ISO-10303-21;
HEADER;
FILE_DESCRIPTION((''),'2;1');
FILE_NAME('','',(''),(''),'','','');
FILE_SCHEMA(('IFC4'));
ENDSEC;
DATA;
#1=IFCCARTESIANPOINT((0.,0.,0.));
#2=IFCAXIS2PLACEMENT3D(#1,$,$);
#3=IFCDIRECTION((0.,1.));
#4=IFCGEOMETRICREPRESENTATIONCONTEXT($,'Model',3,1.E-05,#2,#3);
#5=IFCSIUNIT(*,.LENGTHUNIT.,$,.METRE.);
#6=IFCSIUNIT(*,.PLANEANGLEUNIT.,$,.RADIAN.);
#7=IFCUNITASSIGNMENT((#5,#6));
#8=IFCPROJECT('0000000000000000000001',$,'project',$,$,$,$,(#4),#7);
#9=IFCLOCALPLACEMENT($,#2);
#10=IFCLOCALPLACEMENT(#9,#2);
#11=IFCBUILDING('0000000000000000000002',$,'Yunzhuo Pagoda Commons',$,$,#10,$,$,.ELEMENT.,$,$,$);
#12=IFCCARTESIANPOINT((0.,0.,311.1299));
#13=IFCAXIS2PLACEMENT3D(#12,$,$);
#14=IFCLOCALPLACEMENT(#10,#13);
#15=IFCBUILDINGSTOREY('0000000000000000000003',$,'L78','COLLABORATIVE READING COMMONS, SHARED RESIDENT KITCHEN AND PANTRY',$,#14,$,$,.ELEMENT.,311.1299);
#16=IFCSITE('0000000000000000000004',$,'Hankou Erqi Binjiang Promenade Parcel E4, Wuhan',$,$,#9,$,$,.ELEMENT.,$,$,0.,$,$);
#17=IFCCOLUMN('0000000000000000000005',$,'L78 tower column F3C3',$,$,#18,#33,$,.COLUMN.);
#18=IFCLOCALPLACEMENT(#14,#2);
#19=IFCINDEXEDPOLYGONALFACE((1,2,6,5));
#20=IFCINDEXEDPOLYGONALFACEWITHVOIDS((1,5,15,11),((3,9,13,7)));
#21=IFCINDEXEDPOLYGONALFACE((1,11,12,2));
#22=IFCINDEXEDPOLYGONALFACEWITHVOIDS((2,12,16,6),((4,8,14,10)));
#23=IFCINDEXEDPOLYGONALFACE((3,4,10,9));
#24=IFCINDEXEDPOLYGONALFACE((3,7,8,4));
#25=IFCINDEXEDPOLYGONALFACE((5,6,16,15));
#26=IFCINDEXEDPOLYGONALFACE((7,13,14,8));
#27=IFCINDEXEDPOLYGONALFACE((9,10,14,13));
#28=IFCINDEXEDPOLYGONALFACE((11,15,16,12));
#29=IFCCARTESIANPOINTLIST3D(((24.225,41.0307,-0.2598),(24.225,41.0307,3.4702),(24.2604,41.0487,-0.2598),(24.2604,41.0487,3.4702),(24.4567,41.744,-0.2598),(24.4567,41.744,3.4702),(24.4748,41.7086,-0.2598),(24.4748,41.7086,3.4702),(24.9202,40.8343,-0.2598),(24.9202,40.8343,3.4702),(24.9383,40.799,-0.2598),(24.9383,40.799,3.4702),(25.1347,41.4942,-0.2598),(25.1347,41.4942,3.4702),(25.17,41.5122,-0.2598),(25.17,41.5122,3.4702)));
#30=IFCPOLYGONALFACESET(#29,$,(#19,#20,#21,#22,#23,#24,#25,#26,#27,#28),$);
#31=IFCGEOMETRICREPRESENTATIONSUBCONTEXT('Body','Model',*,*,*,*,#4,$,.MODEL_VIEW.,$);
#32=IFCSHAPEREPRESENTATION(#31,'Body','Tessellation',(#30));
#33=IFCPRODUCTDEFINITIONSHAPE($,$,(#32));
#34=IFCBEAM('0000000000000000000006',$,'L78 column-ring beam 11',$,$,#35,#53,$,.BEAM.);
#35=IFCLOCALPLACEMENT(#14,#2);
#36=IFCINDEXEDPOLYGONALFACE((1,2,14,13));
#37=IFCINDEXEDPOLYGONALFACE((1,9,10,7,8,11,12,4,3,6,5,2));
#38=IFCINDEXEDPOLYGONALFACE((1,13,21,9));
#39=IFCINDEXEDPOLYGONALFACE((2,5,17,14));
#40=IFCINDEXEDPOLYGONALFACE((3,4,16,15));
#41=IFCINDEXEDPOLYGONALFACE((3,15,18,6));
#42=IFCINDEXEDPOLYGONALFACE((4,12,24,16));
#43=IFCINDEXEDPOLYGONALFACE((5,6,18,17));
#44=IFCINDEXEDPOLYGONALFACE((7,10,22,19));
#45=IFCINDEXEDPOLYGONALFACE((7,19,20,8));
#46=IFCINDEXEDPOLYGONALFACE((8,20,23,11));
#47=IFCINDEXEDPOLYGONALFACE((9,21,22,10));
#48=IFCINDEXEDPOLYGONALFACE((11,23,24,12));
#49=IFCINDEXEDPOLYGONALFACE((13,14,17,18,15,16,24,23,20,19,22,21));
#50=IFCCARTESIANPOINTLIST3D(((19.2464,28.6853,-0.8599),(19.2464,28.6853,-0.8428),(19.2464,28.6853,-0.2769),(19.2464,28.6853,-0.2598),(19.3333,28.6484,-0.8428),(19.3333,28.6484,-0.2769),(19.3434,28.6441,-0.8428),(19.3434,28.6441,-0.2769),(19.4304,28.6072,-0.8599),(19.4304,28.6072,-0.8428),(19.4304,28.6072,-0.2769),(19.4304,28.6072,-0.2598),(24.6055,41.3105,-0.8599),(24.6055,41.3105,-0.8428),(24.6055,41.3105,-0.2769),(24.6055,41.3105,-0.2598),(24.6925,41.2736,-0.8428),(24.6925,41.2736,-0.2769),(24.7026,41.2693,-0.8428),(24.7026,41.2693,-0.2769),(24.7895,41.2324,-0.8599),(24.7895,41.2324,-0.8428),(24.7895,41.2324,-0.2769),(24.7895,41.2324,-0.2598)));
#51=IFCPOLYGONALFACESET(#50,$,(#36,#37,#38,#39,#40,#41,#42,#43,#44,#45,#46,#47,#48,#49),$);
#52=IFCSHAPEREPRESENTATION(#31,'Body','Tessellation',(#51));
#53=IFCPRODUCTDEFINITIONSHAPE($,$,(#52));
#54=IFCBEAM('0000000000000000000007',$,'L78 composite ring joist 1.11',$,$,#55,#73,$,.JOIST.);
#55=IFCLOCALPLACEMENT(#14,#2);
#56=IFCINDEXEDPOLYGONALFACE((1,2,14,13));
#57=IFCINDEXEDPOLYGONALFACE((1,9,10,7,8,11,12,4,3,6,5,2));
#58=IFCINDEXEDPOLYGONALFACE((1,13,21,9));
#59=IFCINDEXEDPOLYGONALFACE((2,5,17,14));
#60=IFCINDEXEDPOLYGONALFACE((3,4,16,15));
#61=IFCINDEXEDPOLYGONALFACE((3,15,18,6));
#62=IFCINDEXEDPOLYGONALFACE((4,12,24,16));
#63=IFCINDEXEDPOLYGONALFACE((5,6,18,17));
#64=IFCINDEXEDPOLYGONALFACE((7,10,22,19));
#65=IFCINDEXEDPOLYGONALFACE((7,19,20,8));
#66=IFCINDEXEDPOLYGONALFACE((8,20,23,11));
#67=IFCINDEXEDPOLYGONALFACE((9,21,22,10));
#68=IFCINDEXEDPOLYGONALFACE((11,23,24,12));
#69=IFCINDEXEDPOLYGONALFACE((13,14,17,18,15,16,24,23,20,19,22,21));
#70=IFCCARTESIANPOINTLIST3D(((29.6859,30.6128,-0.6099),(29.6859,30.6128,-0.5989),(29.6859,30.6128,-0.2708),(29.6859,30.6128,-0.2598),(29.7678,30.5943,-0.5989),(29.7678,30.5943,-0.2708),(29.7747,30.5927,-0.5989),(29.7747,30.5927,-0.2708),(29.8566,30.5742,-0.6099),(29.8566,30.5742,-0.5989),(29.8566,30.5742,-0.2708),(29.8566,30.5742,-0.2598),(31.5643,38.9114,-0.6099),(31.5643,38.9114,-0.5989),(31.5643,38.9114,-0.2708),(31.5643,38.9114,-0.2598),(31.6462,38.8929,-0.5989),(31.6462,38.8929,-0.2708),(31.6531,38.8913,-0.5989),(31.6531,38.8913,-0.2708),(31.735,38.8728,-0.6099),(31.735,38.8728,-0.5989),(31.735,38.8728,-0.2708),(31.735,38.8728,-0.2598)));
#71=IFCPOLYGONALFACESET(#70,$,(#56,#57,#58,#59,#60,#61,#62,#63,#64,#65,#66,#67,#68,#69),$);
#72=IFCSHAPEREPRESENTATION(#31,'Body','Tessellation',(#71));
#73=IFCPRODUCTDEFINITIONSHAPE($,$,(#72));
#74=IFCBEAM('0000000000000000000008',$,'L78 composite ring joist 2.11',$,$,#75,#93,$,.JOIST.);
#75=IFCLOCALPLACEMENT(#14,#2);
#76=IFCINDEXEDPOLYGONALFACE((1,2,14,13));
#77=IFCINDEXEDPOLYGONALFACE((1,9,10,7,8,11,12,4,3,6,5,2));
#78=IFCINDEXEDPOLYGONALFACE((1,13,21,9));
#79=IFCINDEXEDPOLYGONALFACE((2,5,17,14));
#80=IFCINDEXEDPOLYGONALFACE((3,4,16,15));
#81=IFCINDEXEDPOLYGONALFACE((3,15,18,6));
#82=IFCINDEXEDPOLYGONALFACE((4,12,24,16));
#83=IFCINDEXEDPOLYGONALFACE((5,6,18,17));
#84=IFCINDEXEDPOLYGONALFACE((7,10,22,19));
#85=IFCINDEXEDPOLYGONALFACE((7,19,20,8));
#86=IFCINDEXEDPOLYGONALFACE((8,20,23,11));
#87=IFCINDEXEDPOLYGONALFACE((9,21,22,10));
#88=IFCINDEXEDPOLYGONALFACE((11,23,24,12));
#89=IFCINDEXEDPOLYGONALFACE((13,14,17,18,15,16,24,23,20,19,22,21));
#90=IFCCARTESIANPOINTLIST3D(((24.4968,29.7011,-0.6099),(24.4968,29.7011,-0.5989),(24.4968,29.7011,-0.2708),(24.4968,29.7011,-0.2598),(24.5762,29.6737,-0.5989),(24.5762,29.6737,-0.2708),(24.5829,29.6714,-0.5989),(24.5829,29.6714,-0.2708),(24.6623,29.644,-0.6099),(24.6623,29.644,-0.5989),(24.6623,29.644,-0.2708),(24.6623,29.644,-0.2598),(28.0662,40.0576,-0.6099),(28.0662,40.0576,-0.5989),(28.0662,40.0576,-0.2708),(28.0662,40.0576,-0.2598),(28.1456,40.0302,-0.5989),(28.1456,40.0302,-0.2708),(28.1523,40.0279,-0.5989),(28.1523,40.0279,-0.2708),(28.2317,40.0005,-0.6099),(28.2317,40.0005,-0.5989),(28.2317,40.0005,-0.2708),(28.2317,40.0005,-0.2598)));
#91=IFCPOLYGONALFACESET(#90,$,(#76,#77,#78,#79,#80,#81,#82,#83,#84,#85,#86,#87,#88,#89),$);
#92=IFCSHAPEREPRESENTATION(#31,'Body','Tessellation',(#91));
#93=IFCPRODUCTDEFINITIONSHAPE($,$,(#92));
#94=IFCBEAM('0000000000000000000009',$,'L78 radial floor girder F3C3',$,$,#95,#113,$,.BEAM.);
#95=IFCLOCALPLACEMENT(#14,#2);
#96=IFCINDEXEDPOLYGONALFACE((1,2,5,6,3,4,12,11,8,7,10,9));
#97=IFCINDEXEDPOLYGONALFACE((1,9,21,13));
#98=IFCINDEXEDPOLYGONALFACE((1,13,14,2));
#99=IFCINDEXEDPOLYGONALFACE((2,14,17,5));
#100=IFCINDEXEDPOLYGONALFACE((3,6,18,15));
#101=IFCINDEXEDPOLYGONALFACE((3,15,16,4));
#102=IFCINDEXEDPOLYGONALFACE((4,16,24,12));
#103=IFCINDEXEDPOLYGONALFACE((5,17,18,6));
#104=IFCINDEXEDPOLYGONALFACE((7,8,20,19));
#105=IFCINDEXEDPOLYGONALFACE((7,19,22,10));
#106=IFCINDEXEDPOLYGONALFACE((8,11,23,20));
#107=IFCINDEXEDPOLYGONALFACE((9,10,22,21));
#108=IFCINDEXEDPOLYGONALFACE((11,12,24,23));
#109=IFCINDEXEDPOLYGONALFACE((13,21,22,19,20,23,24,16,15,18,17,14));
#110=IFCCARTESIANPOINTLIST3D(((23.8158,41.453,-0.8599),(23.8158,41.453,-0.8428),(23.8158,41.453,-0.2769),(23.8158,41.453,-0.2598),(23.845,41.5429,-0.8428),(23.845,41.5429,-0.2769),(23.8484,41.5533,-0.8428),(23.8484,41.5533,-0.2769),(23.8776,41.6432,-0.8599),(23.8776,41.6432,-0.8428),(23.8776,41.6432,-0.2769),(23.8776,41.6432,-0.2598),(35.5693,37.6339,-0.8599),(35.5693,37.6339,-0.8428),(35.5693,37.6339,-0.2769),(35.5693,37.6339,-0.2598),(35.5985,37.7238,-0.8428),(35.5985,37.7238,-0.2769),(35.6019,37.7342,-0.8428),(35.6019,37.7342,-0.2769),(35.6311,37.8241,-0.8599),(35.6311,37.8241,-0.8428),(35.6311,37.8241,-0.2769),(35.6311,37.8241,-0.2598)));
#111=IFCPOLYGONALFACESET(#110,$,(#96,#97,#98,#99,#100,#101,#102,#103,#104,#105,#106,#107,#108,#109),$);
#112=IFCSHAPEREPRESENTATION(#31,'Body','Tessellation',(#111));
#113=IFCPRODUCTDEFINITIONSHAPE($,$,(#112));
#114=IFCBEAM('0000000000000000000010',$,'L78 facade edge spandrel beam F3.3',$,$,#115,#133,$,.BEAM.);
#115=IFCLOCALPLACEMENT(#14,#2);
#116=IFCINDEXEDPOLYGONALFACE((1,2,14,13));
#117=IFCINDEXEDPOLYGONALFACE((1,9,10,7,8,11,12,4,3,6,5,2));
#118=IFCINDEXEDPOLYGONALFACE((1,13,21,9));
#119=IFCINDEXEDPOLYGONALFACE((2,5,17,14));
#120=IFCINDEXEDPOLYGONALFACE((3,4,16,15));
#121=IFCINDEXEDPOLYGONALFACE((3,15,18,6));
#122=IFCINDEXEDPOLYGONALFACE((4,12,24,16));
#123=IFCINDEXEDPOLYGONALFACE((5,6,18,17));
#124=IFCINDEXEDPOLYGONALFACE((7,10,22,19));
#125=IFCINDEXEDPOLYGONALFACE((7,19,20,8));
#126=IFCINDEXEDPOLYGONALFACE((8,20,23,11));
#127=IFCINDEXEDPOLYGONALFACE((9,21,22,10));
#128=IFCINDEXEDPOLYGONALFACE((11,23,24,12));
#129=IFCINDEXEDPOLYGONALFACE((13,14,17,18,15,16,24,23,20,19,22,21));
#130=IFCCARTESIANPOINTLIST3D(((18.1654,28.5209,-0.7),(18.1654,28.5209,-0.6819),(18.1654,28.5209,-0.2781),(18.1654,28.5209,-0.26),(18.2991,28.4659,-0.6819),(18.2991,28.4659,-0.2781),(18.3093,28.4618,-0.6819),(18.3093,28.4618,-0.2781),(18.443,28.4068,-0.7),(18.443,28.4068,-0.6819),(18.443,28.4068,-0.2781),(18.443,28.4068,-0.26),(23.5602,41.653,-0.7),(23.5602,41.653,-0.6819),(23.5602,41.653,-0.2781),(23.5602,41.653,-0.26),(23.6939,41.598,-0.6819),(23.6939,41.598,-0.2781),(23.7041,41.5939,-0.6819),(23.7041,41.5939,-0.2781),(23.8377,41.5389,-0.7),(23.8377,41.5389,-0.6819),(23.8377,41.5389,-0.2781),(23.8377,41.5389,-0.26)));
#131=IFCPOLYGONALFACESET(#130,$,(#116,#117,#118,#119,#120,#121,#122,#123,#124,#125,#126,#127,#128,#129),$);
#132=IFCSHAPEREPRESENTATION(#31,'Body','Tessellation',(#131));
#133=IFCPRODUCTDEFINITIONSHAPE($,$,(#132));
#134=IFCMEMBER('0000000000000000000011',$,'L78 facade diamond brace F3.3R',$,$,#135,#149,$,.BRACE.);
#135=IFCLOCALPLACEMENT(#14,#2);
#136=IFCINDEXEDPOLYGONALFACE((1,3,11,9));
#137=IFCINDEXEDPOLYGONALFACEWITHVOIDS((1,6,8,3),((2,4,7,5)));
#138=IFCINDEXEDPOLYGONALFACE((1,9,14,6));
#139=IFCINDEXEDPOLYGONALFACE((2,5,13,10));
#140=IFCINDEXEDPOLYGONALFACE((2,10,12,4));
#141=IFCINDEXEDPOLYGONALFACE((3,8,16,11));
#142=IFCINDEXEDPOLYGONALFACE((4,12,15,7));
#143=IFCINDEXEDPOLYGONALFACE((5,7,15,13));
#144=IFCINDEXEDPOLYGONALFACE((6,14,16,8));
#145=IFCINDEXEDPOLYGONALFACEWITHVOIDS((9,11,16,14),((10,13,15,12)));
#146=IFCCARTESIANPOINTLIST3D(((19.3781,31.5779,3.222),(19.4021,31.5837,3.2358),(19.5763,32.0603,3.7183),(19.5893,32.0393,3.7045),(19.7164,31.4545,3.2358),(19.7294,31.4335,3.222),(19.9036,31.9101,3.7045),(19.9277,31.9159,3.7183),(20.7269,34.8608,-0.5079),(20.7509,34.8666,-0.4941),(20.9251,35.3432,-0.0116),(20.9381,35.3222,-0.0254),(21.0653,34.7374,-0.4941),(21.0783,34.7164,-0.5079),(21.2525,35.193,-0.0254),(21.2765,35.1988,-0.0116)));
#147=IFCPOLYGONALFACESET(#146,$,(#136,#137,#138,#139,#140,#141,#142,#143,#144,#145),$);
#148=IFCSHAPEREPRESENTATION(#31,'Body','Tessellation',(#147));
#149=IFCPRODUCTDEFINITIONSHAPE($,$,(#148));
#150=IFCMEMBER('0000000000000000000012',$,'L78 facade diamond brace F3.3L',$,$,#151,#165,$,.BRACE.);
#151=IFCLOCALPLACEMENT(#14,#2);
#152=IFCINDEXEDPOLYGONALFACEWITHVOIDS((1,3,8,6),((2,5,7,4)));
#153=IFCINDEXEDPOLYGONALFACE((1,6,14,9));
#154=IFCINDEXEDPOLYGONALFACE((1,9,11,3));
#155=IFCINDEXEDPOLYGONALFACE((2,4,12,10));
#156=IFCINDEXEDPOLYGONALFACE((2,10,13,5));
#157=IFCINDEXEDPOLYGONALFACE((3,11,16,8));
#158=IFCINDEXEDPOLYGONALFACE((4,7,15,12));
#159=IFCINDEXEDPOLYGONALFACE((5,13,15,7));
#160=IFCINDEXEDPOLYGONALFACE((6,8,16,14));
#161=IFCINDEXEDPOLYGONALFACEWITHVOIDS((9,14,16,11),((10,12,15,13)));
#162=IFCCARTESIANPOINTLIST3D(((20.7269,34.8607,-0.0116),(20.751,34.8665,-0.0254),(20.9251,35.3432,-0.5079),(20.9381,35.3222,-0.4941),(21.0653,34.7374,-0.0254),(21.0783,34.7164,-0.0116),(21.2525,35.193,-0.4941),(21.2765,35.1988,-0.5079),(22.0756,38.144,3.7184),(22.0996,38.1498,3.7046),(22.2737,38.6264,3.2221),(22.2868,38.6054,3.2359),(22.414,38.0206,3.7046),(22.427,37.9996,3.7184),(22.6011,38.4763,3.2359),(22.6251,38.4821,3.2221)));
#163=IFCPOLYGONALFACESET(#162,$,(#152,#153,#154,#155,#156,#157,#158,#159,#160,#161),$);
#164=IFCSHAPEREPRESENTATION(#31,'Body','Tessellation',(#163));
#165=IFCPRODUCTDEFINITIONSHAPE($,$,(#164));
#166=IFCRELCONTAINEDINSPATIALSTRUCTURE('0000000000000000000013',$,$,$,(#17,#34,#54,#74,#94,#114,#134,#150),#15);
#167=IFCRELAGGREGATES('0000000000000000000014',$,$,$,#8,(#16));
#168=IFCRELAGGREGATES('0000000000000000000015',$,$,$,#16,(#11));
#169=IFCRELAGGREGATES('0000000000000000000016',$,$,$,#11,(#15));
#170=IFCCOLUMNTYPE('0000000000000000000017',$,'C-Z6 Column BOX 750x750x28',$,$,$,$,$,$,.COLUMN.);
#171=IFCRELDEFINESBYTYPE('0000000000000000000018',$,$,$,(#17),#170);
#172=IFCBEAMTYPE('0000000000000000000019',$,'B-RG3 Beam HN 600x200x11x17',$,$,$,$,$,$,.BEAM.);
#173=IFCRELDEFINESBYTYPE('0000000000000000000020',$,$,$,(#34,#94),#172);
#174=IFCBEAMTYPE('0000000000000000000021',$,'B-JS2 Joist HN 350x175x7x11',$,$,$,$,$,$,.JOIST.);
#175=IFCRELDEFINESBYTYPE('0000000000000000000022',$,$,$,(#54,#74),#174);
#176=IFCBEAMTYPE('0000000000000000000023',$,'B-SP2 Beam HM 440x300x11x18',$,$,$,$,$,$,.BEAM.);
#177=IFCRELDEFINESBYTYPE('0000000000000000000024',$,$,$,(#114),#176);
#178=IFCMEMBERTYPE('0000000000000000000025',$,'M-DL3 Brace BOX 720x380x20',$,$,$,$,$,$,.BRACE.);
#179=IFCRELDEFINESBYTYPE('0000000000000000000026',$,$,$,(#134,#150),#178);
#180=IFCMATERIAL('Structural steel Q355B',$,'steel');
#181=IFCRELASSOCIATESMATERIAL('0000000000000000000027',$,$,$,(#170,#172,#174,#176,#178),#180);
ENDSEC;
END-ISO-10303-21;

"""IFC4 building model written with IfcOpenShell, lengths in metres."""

from ifc_helpers import new_model, si_unit, direction, frame, origin, origin_2d, place, context, subcontext, project, spatial, hollow_rectangle, i_section, extrude, source, transform, mapped, material, material_profile, profile_set, type_object, element, save


model = new_model("IFC4")

# Units and contexts
model_context = context("Model", 3, precision=1e-05, world=origin(), true_north=direction((0.0, 1.0)))
body_context = subcontext(model_context, "Body", "Model", "MODEL_VIEW")
ifc_project = project(units=[si_unit("LENGTHUNIT", "METRE"), si_unit("PLANEANGLEUNIT", "RADIAN")], contexts=[model_context])

# Site, building, storey
site_placement = place(None, origin())
site = spatial("IfcSite", under=ifc_project, at=site_placement, Name="Hankou Erqi Binjiang Promenade Parcel E4, Wuhan", CompositionType="ELEMENT", RefElevation=0.0)
building_placement = place(site_placement, origin())
building = spatial("IfcBuilding", under=site, at=building_placement, Name="Yunzhuo Pagoda Commons", CompositionType="ELEMENT")
storey_placement = place(building_placement, frame((0.0, 0.0, 311.1299)))
storey = spatial("IfcBuildingStorey", under=building, at=storey_placement, Name="L78", Description="COLLABORATIVE READING COMMONS, SHARED RESIDENT KITCHEN AND PANTRY", CompositionType="ELEMENT", Elevation=311.1299)

# Column
ifc_material_1 = material(Name="Structural steel Q355B", Category="steel")
ifc_material_profile_1 = material_profile(ifc_material_1, hollow_rectangle(XDim=0.75, YDim=0.75, WallThickness=0.0281, at=origin_2d()), Name="Structural steel Q355B")
ifc_profile_set_1 = profile_set([ifc_material_profile_1], Name="Structural steel Q355B")
column_type = type_object("IfcColumnType", Name="C-Z6 Column BOX 750x750x28", PredefinedType="COLUMN", material=ifc_profile_set_1)
shared_shape_1 = source(origin(), body_context, "Body", "SweptSolid", [
    extrude(hollow_rectangle(XDim=0.75, YDim=0.75, WallThickness=0.0281, at=origin_2d()), origin(), (0.0, 0.0, 1.0), 3.73),
])
column_placement = place(storey_placement, frame((24.6975, 41.2715, -0.2598), z_axis=(0.0, 0.0, 1.0), x_axis=(-0.309017, -0.951057, 0.0)))
element("IfcColumn", 1, at=column_placement, inside=storey, type_object=column_type, Name="L78 tower column F3C3", PredefinedType="COLUMN", context=body_context, shape_type="MappedRepresentation", body=[
    mapped(shared_shape_1, transform((0.0, 0.0, 0.0), scale=1.0)),
])

# Beams
ifc_material_profile_2 = material_profile(ifc_material_1, i_section(OverallWidth=0.2, OverallDepth=0.6001, WebThickness=0.011, FlangeThickness=0.0171, at=origin_2d()), Name="Structural steel Q355B")
ifc_profile_set_2 = profile_set([ifc_material_profile_2], Name="Structural steel Q355B")
beam_type_1 = type_object("IfcBeamType", Name="B-RG3 Beam HN 600x200x11x17", PredefinedType="BEAM", material=ifc_profile_set_2)
shared_shape_2 = source(origin(), body_context, "Body", "SweptSolid", [
    extrude(i_section(OverallWidth=0.2, OverallDepth=0.6001, WebThickness=0.011, FlangeThickness=0.0171, at=origin_2d()), origin(), (0.0, 0.0, 1.0), 13.7156),
])
beam_1_placement = place(storey_placement, frame((24.6975, 41.2715, -0.5598), z_axis=(-0.390733, -0.920504, 0.0), x_axis=(0.920504, -0.390733, 0.0)))
element("IfcBeam", 2, at=beam_1_placement, inside=storey, type_object=beam_type_1, Name="L78 column-ring beam 11", PredefinedType="BEAM", context=body_context, shape_type="MappedRepresentation", body=[
    mapped(shared_shape_2, transform((0.0, 0.0, 0.0), scale=1.0)),
])
ifc_material_profile_3 = material_profile(ifc_material_1, i_section(OverallWidth=0.175, OverallDepth=0.3501, WebThickness=0.0071, FlangeThickness=0.011, at=origin_2d()), Name="Structural steel Q355B")
ifc_profile_set_3 = profile_set([ifc_material_profile_3], Name="Structural steel Q355B")
beam_type_2 = type_object("IfcBeamType", Name="B-JS2 Joist HN 350x175x7x11", PredefinedType="JOIST", material=ifc_profile_set_3)
shared_shape_3 = source(origin(), body_context, "Body", "SweptSolid", [
    extrude(i_section(OverallWidth=0.175, OverallDepth=0.3501, WebThickness=0.0071, FlangeThickness=0.011, at=origin_2d()), origin(), (0.0, 0.0, 1.0), 8.5085),
])
beam_2_placement = place(storey_placement, frame((31.6497, 38.8921, -0.4348), z_axis=(-0.220769, -0.975326, 0.0), x_axis=(0.975326, -0.220769, 0.0)))
element("IfcBeam", 3, at=beam_2_placement, inside=storey, type_object=beam_type_2, Name="L78 composite ring joist 1.11", PredefinedType="JOIST", context=body_context, shape_type="MappedRepresentation", body=[
    mapped(shared_shape_3, transform((0.0, 0.0, 0.0), scale=1.0)),
])
shared_shape_4 = source(origin(), body_context, "Body", "SweptSolid", [
    extrude(i_section(OverallWidth=0.175, OverallDepth=0.3501, WebThickness=0.0071, FlangeThickness=0.011, at=origin_2d()), origin(), (0.0, 0.0, 1.0), 10.9543),
])
beam_3_placement = place(storey_placement, frame((28.1489, 40.0291, -0.4348), z_axis=(-0.32584, -0.945425, 0.0), x_axis=(0.945425, -0.32584, 0.0)))
element("IfcBeam", 4, at=beam_3_placement, inside=storey, type_object=beam_type_2, Name="L78 composite ring joist 2.11", PredefinedType="JOIST", context=body_context, shape_type="MappedRepresentation", body=[
    mapped(shared_shape_4, transform((0.0, 0.0, 0.0), scale=1.0)),
])
shared_shape_5 = source(origin(), body_context, "Body", "SweptSolid", [
    extrude(i_section(OverallWidth=0.2, OverallDepth=0.6001, WebThickness=0.011, FlangeThickness=0.0171, at=origin_2d()), origin(), (0.0, 0.0, 1.0), 12.3584),
])
beam_4_placement = place(storey_placement, frame((23.8467, 41.5481, -0.5598), z_axis=(0.951052, -0.30903, 0.0), x_axis=(0.30903, 0.951052, 0.0)))
element("IfcBeam", 5, at=beam_4_placement, inside=storey, type_object=beam_type_1, Name="L78 radial floor girder F3C3", PredefinedType="BEAM", context=body_context, shape_type="MappedRepresentation", body=[
    mapped(shared_shape_5, transform((0.0, 0.0, 0.0), scale=1.0)),
])
ifc_material_profile_4 = material_profile(ifc_material_1, i_section(OverallWidth=0.3, OverallDepth=0.4399, WebThickness=0.011, FlangeThickness=0.0181, at=origin_2d()), Name="Structural steel Q355B")
ifc_profile_set_4 = profile_set([ifc_material_profile_4], Name="Structural steel Q355B")
beam_type_3 = type_object("IfcBeamType", Name="B-SP2 Beam HM 440x300x11x18", PredefinedType="BEAM", material=ifc_profile_set_4)
shared_shape_6 = source(origin(), body_context, "Body", "SweptSolid", [
    extrude(i_section(OverallWidth=0.3, OverallDepth=0.4399, WebThickness=0.011, FlangeThickness=0.0181, at=origin_2d()), origin(), (0.0, 0.0, 1.0), 14.197),
])
beam_5_placement = place(storey_placement, frame((23.699, 41.5959, -0.48), z_axis=(-0.379994, -0.924989, 0.0), x_axis=(0.924989, -0.379994, 0.0)))
element("IfcBeam", 6, at=beam_5_placement, inside=storey, type_object=beam_type_3, Name="L78 facade edge spandrel beam F3.3", PredefinedType="BEAM", context=body_context, shape_type="MappedRepresentation", body=[
    mapped(shared_shape_6, transform((0.0, 0.0, 0.0), scale=1.0)),
])

# Members
ifc_material_profile_5 = material_profile(ifc_material_1, hollow_rectangle(XDim=0.3799, YDim=0.72, WallThickness=0.02, at=origin_2d()), Name="Structural steel Q355B")
ifc_profile_set_5 = profile_set([ifc_material_profile_5], Name="Structural steel Q355B")
member_type_1 = type_object("IfcMemberType", Name="M-DL3 Brace BOX 720x380x20", PredefinedType="BRACE", material=ifc_profile_set_5)
shared_shape_7 = source(origin(), body_context, "Body", "SweptSolid", [
    extrude(hollow_rectangle(XDim=0.3799, YDim=0.72, WallThickness=0.02, at=origin_2d()), origin(), (0.0, 0.0, 1.0), 5.1487),
])
member_1_placement = place(storey_placement, frame((21.0017, 35.0298, -0.2598), z_axis=(-0.261979, -0.637618, 0.724438), x_axis=(0.924968, -0.380044, 0.0)))
element("IfcMember", 7, at=member_1_placement, inside=storey, type_object=member_type_1, Name="L78 facade diamond brace F3.3R", PredefinedType="BRACE", context=body_context, shape_type="MappedRepresentation", body=[
    mapped(shared_shape_7, transform((0.0, 0.0, 0.0), scale=1.0)),
])
shared_shape_8 = source(origin(), body_context, "Body", "SweptSolid", [
    extrude(hollow_rectangle(XDim=0.3799, YDim=0.72, WallThickness=0.02, at=origin_2d()), origin(), (0.0, 0.0, 1.0), 5.1489),
])
member_2_placement = place(storey_placement, frame((21.0017, 35.0298, -0.2598), z_axis=(0.261927, 0.637654, 0.724425), x_axis=(-0.925003, 0.379961, 0.0)))
element("IfcMember", 8, at=member_2_placement, inside=storey, type_object=member_type_1, Name="L78 facade diamond brace F3.3L", PredefinedType="BRACE", context=body_context, shape_type="MappedRepresentation", body=[
    mapped(shared_shape_8, transform((0.0, 0.0, 0.0), scale=1.0)),
])

save(model, "model.ifc")
